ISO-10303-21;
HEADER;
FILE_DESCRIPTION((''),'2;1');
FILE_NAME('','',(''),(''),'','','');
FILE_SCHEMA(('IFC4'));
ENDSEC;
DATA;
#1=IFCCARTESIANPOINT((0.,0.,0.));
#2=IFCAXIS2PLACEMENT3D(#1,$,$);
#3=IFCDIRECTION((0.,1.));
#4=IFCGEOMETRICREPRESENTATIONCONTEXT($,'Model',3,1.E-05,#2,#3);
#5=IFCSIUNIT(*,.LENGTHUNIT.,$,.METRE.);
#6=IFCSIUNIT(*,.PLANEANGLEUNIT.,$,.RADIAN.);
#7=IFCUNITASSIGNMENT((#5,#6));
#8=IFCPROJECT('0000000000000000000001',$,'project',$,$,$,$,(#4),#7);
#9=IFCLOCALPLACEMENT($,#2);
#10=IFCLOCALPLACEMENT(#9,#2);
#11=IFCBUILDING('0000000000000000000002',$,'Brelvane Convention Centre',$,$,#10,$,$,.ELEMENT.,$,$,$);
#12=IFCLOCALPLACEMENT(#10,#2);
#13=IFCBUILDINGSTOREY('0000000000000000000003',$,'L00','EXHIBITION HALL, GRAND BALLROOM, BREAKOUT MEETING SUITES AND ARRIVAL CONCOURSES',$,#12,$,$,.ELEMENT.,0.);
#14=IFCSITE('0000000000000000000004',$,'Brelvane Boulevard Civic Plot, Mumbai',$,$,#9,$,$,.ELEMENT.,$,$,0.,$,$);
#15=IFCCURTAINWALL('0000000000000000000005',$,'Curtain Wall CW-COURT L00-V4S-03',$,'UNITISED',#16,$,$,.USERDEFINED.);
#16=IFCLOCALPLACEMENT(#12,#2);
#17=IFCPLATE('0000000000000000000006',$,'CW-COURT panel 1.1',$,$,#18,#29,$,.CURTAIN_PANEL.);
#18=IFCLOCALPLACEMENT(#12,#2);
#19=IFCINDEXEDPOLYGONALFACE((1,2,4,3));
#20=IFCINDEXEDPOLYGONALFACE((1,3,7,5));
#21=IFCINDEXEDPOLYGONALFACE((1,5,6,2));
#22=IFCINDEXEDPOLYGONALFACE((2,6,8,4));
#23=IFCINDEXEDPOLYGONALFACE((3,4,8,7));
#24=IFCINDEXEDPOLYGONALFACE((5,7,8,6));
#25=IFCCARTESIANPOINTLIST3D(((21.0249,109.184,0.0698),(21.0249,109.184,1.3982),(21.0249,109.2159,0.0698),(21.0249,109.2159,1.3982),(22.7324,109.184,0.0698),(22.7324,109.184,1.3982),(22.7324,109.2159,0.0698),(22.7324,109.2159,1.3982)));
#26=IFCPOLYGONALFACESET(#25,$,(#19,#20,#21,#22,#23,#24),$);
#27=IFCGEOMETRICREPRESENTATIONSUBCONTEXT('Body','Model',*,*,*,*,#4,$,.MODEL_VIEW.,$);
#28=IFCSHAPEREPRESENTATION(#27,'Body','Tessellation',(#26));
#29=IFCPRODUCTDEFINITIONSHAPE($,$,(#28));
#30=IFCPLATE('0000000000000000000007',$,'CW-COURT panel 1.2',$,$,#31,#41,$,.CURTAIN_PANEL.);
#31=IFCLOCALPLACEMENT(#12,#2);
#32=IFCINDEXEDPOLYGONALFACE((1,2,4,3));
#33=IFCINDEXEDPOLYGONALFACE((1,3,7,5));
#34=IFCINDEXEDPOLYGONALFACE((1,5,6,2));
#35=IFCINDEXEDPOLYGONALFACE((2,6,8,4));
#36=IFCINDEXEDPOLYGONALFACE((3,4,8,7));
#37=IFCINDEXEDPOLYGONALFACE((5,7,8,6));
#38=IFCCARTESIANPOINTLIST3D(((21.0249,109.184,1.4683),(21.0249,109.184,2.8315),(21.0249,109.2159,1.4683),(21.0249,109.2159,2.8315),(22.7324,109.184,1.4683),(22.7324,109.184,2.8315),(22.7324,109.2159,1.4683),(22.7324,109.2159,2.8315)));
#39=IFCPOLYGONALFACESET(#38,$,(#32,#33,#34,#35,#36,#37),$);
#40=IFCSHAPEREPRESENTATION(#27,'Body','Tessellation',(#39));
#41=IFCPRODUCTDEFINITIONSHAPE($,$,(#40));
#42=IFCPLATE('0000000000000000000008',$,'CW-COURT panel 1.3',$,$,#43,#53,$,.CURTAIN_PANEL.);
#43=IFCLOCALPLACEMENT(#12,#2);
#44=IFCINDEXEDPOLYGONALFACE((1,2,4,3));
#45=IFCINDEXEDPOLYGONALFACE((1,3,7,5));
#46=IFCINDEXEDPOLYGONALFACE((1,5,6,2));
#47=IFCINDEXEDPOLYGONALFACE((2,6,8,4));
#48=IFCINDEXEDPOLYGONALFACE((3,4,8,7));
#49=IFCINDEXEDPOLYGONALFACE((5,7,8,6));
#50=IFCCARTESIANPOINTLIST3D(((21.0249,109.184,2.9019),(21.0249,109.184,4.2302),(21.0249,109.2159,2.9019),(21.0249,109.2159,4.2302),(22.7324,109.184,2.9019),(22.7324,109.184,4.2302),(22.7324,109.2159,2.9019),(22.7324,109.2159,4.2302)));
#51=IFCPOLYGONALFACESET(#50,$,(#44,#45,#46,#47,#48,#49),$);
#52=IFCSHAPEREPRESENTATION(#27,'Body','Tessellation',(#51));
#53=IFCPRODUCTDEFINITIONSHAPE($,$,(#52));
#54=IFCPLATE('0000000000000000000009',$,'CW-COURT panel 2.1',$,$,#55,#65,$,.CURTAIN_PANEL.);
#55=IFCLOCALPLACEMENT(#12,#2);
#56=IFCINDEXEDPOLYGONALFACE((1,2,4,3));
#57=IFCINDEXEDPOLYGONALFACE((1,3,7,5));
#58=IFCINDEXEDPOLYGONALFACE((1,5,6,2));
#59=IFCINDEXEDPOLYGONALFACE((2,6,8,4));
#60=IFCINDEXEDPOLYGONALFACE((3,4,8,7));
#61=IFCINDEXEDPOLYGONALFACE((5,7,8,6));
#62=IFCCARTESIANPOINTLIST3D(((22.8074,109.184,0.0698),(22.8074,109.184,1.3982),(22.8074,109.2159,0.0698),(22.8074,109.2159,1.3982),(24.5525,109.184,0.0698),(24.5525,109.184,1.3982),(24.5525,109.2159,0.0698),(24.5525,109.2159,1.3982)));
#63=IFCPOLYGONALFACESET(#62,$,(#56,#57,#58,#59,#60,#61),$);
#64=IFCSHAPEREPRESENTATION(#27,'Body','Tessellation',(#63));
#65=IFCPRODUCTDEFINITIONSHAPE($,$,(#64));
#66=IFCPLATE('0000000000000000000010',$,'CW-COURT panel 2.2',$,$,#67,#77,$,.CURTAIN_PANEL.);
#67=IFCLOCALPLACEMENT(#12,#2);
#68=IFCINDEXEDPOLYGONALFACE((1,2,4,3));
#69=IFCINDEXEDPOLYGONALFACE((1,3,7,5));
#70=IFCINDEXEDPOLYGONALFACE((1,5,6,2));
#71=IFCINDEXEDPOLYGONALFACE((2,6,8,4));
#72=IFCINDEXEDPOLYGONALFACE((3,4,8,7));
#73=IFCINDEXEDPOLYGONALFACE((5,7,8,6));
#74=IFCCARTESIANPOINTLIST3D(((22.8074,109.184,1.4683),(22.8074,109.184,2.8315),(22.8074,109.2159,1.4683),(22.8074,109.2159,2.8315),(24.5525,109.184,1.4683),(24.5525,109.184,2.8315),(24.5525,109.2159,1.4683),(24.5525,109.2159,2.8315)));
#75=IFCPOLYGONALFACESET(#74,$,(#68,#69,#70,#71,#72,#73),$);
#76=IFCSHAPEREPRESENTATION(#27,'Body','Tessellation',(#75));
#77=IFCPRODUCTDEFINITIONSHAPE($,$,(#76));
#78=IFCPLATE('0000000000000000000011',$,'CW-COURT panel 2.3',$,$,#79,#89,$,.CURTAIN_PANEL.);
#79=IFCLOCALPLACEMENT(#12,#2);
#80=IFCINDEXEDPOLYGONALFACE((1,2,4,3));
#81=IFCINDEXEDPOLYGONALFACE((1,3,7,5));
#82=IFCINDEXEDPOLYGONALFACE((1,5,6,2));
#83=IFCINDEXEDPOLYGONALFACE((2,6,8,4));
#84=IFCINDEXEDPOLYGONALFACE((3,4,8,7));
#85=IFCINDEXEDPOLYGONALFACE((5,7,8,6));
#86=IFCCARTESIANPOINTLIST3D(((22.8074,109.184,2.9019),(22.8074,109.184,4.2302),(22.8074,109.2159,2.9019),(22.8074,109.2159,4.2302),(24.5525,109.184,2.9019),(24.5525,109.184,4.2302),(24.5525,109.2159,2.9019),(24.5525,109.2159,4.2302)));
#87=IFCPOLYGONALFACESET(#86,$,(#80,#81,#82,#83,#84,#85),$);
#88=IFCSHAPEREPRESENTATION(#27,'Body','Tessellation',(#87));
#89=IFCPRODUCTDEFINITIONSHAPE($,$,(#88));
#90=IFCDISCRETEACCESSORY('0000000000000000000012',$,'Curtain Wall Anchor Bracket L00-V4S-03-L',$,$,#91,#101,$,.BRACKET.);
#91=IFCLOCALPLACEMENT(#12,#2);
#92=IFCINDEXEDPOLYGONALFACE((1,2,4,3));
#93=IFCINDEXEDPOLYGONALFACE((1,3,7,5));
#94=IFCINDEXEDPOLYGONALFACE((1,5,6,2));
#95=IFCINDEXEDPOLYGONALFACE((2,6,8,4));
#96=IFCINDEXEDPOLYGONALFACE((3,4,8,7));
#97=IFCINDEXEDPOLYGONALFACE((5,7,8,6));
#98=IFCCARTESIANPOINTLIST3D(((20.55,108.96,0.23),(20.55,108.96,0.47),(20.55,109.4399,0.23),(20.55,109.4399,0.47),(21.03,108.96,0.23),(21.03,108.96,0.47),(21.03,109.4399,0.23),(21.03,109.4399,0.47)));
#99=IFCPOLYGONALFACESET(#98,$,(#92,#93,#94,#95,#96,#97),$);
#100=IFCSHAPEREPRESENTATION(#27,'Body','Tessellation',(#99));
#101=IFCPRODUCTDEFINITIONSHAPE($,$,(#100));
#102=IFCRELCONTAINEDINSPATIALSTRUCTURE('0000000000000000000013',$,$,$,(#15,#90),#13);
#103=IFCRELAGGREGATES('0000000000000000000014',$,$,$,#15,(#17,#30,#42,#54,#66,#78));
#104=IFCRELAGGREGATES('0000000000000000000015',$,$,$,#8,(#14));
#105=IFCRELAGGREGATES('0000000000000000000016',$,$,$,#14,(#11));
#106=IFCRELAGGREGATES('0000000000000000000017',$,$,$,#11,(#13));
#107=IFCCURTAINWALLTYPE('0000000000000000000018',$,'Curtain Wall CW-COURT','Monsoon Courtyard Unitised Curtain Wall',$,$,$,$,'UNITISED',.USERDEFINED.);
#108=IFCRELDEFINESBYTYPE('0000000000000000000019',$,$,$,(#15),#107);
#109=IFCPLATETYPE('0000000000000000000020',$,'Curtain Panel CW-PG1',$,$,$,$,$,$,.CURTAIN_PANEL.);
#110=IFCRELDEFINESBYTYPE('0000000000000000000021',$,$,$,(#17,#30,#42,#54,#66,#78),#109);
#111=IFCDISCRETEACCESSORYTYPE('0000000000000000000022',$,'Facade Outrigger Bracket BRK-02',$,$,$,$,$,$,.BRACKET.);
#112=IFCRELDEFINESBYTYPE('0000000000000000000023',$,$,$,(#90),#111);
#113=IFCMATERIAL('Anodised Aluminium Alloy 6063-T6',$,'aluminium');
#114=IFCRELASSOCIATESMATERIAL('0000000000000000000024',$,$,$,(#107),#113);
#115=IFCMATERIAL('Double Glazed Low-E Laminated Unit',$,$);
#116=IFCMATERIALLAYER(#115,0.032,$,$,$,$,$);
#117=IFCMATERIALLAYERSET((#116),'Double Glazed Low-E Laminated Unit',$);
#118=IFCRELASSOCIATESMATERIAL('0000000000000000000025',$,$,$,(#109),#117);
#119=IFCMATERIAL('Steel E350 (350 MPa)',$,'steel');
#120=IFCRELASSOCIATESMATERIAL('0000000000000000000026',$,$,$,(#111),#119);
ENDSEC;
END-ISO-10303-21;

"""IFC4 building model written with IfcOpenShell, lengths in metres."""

from ifc_helpers import new_model, si_unit, direction, frame, origin, origin_2d, place, context, subcontext, project, spatial, rectangle, extrude, material, layer, layer_set, type_object, element, aggregate, save


model = new_model("IFC4")

# Units and contexts
model_context = context("Model", 3, precision=1e-05, world=origin(), true_north=direction((0.0, 1.0)))
body_context = subcontext(model_context, "Body", "Model", "MODEL_VIEW")
ifc_project = project(units=[si_unit("LENGTHUNIT", "METRE"), si_unit("PLANEANGLEUNIT", "RADIAN")], contexts=[model_context])

# Site, building, storey
site_placement = place(None, origin())
site = spatial("IfcSite", under=ifc_project, at=site_placement, Name="Brelvane Boulevard Civic Plot, Mumbai", CompositionType="ELEMENT", RefElevation=0.0)
building_placement = place(site_placement, origin())
building = spatial("IfcBuilding", under=site, at=building_placement, Name="Brelvane Convention Centre", CompositionType="ELEMENT")
storey_placement = place(building_placement, origin())
storey = spatial("IfcBuildingStorey", under=building, at=storey_placement, Name="L00", Description="EXHIBITION HALL, GRAND BALLROOM, BREAKOUT MEETING SUITES AND ARRIVAL CONCOURSES", CompositionType="ELEMENT", Elevation=0.0)

# Curtain wall
ifc_material_1 = material(Name="Anodised Aluminium Alloy 6063-T6", Category="aluminium")
curtain_wall_type = type_object("IfcCurtainWallType", Name="Curtain Wall CW-COURT", Description="Monsoon Courtyard Unitised Curtain Wall", ElementType="UNITISED", PredefinedType="USERDEFINED", material=ifc_material_1)
curtain_wall_placement = place(storey_placement, origin())
curtain_wall = element("IfcCurtainWall", 1, at=curtain_wall_placement, inside=storey, type_object=curtain_wall_type, Name="Curtain Wall CW-COURT L00-V4S-03", ObjectType="UNITISED", PredefinedType="USERDEFINED")

# Plates
ifc_material_2 = material(Name="Double Glazed Low-E Laminated Unit")
ifc_layer = layer(ifc_material_2, 0.032)
ifc_layer_set = layer_set([ifc_layer], Name="Double Glazed Low-E Laminated Unit")
plate_type = type_object("IfcPlateType", Name="Curtain Panel CW-PG1", PredefinedType="CURTAIN_PANEL", material=ifc_layer_set)
plate_1_placement = place(storey_placement, frame((21.8787, 109.2, 0.0698), z_axis=(0.0, 0.0, 1.0), x_axis=(1.0, 0.0, 0.0)))
plate_1 = element("IfcPlate", 2, at=plate_1_placement, type_object=plate_type, Name="CW-COURT panel 1.1", PredefinedType="CURTAIN_PANEL", context=body_context, shape_type="SweptSolid", body=[
    extrude(rectangle(XDim=1.7075, YDim=0.032, at=origin_2d()), origin(), (0.0, 0.0, 1.0), 1.3284),
])
plate_2_placement = place(storey_placement, frame((21.8787, 109.2, 1.4683), z_axis=(0.0, 0.0, 1.0), x_axis=(1.0, 0.0, 0.0)))
plate_2 = element("IfcPlate", 3, at=plate_2_placement, type_object=plate_type, Name="CW-COURT panel 1.2", PredefinedType="CURTAIN_PANEL", context=body_context, shape_type="SweptSolid", body=[
    extrude(rectangle(XDim=1.7075, YDim=0.032, at=origin_2d()), origin(), (0.0, 0.0, 1.0), 1.3633),
])
plate_3_placement = place(storey_placement, frame((21.8787, 109.2, 2.9019), z_axis=(0.0, 0.0, 1.0), x_axis=(1.0, 0.0, 0.0)))
plate_3 = element("IfcPlate", 4, at=plate_3_placement, type_object=plate_type, Name="CW-COURT panel 1.3", PredefinedType="CURTAIN_PANEL", context=body_context, shape_type="SweptSolid", body=[
    extrude(rectangle(XDim=1.7075, YDim=0.032, at=origin_2d()), origin(), (0.0, 0.0, 1.0), 1.3284),
])
plate_4_placement = place(storey_placement, frame((23.6799, 109.2, 0.0698), z_axis=(0.0, 0.0, 1.0), x_axis=(1.0, 0.0, 0.0)))
plate_4 = element("IfcPlate", 5, at=plate_4_placement, type_object=plate_type, Name="CW-COURT panel 2.1", PredefinedType="CURTAIN_PANEL", context=body_context, shape_type="SweptSolid", body=[
    extrude(rectangle(XDim=1.7451, YDim=0.032, at=origin_2d()), origin(), (0.0, 0.0, 1.0), 1.3284),
])
plate_5_placement = place(storey_placement, frame((23.6799, 109.2, 1.4683), z_axis=(0.0, 0.0, 1.0), x_axis=(1.0, 0.0, 0.0)))
plate_5 = element("IfcPlate", 6, at=plate_5_placement, type_object=plate_type, Name="CW-COURT panel 2.2", PredefinedType="CURTAIN_PANEL", context=body_context, shape_type="SweptSolid", body=[
    extrude(rectangle(XDim=1.7451, YDim=0.032, at=origin_2d()), origin(), (0.0, 0.0, 1.0), 1.3633),
])
plate_6_placement = place(storey_placement, frame((23.6799, 109.2, 2.9019), z_axis=(0.0, 0.0, 1.0), x_axis=(1.0, 0.0, 0.0)))
plate_6 = element("IfcPlate", 7, at=plate_6_placement, type_object=plate_type, Name="CW-COURT panel 2.3", PredefinedType="CURTAIN_PANEL", context=body_context, shape_type="SweptSolid", body=[
    extrude(rectangle(XDim=1.7451, YDim=0.032, at=origin_2d()), origin(), (0.0, 0.0, 1.0), 1.3284),
])
aggregate(curtain_wall, [plate_1, plate_2, plate_3, plate_4, plate_5, plate_6])

# Discrete accessory
ifc_material_3 = material(Name="Steel E350 (350 MPa)", Category="steel")
discrete_accessory_type = type_object("IfcDiscreteAccessoryType", Name="Facade Outrigger Bracket BRK-02", PredefinedType="BRACKET", material=ifc_material_3)
discrete_accessory_placement = place(storey_placement, frame((20.79, 109.2, 0.23), z_axis=(0.0, 0.0, 1.0), x_axis=(1.0, 0.0, 0.0)))
element("IfcDiscreteAccessory", 8, at=discrete_accessory_placement, inside=storey, type_object=discrete_accessory_type, Name="Curtain Wall Anchor Bracket L00-V4S-03-L", PredefinedType="BRACKET", context=body_context, shape_type="SweptSolid", body=[
    extrude(rectangle(XDim=0.48, YDim=0.48, at=origin_2d()), origin(), (0.0, 0.0, 1.0), 0.24),
])

save(model, "model.ifc")
